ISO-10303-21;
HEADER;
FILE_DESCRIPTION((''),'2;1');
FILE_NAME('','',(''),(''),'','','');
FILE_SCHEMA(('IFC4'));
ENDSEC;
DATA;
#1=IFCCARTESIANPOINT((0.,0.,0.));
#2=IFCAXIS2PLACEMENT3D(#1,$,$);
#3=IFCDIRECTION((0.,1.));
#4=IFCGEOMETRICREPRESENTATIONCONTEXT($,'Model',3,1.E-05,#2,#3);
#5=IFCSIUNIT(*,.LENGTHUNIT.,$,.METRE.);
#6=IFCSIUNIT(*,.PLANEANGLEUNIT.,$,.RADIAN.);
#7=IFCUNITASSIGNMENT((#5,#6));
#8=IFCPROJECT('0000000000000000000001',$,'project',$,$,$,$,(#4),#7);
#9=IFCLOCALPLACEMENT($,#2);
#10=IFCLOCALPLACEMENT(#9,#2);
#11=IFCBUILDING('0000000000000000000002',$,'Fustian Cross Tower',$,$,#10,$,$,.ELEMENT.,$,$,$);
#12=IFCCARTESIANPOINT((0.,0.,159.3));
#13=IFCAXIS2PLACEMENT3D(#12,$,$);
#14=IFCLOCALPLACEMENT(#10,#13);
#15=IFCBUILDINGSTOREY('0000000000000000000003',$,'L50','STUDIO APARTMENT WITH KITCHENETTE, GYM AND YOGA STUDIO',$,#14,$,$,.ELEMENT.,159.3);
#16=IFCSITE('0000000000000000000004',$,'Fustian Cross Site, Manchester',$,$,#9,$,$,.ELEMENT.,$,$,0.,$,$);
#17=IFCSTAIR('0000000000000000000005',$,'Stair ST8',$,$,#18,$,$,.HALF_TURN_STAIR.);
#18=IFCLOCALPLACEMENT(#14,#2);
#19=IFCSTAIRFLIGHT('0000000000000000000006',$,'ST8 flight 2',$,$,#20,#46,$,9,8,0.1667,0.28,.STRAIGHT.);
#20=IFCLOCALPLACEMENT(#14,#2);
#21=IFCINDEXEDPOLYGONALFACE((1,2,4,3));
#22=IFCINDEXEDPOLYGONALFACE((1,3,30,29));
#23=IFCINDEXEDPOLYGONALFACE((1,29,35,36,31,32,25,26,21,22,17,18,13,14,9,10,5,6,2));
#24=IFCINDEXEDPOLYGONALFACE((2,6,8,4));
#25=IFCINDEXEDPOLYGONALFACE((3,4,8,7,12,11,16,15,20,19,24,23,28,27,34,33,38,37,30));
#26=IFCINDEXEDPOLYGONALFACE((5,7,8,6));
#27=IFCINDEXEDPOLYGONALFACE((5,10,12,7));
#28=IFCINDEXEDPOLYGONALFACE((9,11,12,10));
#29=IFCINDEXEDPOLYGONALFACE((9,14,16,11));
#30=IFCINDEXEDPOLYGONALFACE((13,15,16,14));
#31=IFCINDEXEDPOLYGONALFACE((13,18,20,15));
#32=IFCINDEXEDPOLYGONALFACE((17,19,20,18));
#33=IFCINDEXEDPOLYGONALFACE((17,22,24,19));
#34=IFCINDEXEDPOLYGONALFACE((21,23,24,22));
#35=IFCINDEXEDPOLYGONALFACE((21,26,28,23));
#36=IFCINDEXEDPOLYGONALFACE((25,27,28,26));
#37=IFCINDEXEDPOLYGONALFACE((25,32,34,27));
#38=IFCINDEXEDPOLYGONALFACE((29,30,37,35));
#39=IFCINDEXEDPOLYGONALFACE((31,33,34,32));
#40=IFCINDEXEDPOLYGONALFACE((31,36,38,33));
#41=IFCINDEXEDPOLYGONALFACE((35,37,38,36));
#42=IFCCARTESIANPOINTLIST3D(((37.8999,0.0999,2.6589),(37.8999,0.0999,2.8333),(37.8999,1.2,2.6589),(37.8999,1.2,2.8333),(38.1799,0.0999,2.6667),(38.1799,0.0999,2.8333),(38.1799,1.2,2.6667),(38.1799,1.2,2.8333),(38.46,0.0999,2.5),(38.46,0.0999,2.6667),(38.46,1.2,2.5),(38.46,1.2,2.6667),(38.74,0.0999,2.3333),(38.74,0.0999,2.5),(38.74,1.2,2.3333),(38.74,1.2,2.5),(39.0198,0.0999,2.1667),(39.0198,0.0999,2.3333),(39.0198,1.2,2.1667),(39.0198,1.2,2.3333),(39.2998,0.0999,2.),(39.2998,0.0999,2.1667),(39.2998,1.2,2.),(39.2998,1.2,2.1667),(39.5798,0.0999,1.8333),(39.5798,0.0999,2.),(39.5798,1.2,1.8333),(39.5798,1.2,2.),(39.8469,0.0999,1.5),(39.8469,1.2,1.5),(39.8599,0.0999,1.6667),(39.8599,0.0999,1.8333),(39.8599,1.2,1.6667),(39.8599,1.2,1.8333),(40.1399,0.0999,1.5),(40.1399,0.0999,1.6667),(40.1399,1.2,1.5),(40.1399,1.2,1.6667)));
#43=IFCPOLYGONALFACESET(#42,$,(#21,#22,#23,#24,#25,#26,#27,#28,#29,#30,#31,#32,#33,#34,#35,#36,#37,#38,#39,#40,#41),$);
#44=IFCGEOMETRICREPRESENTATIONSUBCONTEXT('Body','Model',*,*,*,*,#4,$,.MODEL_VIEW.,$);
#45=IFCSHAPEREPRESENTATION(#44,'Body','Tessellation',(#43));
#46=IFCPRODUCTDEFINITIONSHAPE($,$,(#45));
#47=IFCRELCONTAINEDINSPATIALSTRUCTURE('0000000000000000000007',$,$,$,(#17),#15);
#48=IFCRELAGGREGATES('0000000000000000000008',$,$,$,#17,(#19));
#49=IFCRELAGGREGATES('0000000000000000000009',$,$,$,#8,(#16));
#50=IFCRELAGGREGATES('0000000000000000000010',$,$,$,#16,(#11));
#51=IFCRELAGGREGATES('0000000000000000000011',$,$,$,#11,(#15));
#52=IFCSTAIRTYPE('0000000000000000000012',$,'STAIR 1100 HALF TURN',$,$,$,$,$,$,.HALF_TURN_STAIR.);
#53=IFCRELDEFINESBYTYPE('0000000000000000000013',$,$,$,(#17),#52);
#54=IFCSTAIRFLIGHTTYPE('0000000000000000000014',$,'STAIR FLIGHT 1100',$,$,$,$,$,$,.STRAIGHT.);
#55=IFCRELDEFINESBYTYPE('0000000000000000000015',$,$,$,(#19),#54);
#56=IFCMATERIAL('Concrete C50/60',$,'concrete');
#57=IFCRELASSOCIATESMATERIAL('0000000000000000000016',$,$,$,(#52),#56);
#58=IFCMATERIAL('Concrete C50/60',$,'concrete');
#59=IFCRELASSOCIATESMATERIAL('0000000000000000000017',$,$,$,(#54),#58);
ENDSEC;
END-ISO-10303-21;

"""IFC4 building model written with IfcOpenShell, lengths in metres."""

from ifc_helpers import new_model, si_unit, direction, frame, origin, place, context, subcontext, project, spatial, polyline, outline, extrude, material, type_object, element, aggregate, save


model = new_model("IFC4")

# Units and contexts
model_context = context("Model", 3, precision=1e-05, world=origin(), true_north=direction((0.0, 1.0)))
body_context = subcontext(model_context, "Body", "Model", "MODEL_VIEW")
ifc_project = project(units=[si_unit("LENGTHUNIT", "METRE"), si_unit("PLANEANGLEUNIT", "RADIAN")], contexts=[model_context])

# Site, building, storey
site_placement = place(None, origin())
site = spatial("IfcSite", under=ifc_project, at=site_placement, Name="Fustian Cross Site, Manchester", CompositionType="ELEMENT", RefElevation=0.0)
building_placement = place(site_placement, origin())
building = spatial("IfcBuilding", under=site, at=building_placement, Name="Fustian Cross Tower", CompositionType="ELEMENT")
storey_placement = place(building_placement, frame((0.0, 0.0, 159.3)))
storey = spatial("IfcBuildingStorey", under=building, at=storey_placement, Name="L50", Description="STUDIO APARTMENT WITH KITCHENETTE, GYM AND YOGA STUDIO", CompositionType="ELEMENT", Elevation=159.3)

# Stair, stair flight
ifc_material_1 = material(Name="Concrete C50/60", Category="concrete")
stair_type = type_object("IfcStairType", Name="STAIR 1100 HALF TURN", PredefinedType="HALF_TURN_STAIR", material=ifc_material_1)
stair_placement = place(storey_placement, origin())
stair = element("IfcStair", 1, at=stair_placement, inside=storey, type_object=stair_type, Name="Stair ST8", PredefinedType="HALF_TURN_STAIR")
ifc_material_2 = material(Name="Concrete C50/60", Category="concrete")
stair_flight_type = type_object("IfcStairFlightType", Name="STAIR FLIGHT 1100", PredefinedType="STRAIGHT", material=ifc_material_2)
stair_flight_placement = place(storey_placement, frame((40.1399, 0.6499, 1.5), z_axis=(0.0, 0.0, 1.0), x_axis=(-1.0, 0.0, 0.0)))
stair_flight = element("IfcStairFlight", 2, at=stair_flight_placement, type_object=stair_flight_type, Name="ST8 flight 2", NumberOfRisers=9, NumberOfTreads=8, PredefinedType="STRAIGHT", RiserHeight=0.1667, TreadLength=0.28, context=body_context, shape_type="SweptSolid", body=[
    extrude(outline(polyline([(0.0, 0.0), (0.0, 0.1667), (0.28, 0.1667), (0.28, 0.3333), (0.5601, 0.3333), (0.5601, 0.5), (0.8401, 0.5), (0.8401, 0.6667), (1.1201, 0.6667), (1.1201, 0.8333), (1.3999, 0.8333), (1.3999, 1.0), (1.6799, 1.0), (1.6799, 1.1667), (1.96, 1.1667), (1.96, 1.3333), (2.24, 1.3333), (2.24, 1.5), (2.24, 1.1589), (0.293, 0.0), (0.0, 0.0)])), frame((0.0, 0.55, 0.0), z_axis=(0.0, -1.0, 0.0), x_axis=(1.0, 0.0, 0.0)), (0.0, 0.0, 1.0), 1.1001),
])
aggregate(stair, [stair_flight])

save(model, "model.ifc")
